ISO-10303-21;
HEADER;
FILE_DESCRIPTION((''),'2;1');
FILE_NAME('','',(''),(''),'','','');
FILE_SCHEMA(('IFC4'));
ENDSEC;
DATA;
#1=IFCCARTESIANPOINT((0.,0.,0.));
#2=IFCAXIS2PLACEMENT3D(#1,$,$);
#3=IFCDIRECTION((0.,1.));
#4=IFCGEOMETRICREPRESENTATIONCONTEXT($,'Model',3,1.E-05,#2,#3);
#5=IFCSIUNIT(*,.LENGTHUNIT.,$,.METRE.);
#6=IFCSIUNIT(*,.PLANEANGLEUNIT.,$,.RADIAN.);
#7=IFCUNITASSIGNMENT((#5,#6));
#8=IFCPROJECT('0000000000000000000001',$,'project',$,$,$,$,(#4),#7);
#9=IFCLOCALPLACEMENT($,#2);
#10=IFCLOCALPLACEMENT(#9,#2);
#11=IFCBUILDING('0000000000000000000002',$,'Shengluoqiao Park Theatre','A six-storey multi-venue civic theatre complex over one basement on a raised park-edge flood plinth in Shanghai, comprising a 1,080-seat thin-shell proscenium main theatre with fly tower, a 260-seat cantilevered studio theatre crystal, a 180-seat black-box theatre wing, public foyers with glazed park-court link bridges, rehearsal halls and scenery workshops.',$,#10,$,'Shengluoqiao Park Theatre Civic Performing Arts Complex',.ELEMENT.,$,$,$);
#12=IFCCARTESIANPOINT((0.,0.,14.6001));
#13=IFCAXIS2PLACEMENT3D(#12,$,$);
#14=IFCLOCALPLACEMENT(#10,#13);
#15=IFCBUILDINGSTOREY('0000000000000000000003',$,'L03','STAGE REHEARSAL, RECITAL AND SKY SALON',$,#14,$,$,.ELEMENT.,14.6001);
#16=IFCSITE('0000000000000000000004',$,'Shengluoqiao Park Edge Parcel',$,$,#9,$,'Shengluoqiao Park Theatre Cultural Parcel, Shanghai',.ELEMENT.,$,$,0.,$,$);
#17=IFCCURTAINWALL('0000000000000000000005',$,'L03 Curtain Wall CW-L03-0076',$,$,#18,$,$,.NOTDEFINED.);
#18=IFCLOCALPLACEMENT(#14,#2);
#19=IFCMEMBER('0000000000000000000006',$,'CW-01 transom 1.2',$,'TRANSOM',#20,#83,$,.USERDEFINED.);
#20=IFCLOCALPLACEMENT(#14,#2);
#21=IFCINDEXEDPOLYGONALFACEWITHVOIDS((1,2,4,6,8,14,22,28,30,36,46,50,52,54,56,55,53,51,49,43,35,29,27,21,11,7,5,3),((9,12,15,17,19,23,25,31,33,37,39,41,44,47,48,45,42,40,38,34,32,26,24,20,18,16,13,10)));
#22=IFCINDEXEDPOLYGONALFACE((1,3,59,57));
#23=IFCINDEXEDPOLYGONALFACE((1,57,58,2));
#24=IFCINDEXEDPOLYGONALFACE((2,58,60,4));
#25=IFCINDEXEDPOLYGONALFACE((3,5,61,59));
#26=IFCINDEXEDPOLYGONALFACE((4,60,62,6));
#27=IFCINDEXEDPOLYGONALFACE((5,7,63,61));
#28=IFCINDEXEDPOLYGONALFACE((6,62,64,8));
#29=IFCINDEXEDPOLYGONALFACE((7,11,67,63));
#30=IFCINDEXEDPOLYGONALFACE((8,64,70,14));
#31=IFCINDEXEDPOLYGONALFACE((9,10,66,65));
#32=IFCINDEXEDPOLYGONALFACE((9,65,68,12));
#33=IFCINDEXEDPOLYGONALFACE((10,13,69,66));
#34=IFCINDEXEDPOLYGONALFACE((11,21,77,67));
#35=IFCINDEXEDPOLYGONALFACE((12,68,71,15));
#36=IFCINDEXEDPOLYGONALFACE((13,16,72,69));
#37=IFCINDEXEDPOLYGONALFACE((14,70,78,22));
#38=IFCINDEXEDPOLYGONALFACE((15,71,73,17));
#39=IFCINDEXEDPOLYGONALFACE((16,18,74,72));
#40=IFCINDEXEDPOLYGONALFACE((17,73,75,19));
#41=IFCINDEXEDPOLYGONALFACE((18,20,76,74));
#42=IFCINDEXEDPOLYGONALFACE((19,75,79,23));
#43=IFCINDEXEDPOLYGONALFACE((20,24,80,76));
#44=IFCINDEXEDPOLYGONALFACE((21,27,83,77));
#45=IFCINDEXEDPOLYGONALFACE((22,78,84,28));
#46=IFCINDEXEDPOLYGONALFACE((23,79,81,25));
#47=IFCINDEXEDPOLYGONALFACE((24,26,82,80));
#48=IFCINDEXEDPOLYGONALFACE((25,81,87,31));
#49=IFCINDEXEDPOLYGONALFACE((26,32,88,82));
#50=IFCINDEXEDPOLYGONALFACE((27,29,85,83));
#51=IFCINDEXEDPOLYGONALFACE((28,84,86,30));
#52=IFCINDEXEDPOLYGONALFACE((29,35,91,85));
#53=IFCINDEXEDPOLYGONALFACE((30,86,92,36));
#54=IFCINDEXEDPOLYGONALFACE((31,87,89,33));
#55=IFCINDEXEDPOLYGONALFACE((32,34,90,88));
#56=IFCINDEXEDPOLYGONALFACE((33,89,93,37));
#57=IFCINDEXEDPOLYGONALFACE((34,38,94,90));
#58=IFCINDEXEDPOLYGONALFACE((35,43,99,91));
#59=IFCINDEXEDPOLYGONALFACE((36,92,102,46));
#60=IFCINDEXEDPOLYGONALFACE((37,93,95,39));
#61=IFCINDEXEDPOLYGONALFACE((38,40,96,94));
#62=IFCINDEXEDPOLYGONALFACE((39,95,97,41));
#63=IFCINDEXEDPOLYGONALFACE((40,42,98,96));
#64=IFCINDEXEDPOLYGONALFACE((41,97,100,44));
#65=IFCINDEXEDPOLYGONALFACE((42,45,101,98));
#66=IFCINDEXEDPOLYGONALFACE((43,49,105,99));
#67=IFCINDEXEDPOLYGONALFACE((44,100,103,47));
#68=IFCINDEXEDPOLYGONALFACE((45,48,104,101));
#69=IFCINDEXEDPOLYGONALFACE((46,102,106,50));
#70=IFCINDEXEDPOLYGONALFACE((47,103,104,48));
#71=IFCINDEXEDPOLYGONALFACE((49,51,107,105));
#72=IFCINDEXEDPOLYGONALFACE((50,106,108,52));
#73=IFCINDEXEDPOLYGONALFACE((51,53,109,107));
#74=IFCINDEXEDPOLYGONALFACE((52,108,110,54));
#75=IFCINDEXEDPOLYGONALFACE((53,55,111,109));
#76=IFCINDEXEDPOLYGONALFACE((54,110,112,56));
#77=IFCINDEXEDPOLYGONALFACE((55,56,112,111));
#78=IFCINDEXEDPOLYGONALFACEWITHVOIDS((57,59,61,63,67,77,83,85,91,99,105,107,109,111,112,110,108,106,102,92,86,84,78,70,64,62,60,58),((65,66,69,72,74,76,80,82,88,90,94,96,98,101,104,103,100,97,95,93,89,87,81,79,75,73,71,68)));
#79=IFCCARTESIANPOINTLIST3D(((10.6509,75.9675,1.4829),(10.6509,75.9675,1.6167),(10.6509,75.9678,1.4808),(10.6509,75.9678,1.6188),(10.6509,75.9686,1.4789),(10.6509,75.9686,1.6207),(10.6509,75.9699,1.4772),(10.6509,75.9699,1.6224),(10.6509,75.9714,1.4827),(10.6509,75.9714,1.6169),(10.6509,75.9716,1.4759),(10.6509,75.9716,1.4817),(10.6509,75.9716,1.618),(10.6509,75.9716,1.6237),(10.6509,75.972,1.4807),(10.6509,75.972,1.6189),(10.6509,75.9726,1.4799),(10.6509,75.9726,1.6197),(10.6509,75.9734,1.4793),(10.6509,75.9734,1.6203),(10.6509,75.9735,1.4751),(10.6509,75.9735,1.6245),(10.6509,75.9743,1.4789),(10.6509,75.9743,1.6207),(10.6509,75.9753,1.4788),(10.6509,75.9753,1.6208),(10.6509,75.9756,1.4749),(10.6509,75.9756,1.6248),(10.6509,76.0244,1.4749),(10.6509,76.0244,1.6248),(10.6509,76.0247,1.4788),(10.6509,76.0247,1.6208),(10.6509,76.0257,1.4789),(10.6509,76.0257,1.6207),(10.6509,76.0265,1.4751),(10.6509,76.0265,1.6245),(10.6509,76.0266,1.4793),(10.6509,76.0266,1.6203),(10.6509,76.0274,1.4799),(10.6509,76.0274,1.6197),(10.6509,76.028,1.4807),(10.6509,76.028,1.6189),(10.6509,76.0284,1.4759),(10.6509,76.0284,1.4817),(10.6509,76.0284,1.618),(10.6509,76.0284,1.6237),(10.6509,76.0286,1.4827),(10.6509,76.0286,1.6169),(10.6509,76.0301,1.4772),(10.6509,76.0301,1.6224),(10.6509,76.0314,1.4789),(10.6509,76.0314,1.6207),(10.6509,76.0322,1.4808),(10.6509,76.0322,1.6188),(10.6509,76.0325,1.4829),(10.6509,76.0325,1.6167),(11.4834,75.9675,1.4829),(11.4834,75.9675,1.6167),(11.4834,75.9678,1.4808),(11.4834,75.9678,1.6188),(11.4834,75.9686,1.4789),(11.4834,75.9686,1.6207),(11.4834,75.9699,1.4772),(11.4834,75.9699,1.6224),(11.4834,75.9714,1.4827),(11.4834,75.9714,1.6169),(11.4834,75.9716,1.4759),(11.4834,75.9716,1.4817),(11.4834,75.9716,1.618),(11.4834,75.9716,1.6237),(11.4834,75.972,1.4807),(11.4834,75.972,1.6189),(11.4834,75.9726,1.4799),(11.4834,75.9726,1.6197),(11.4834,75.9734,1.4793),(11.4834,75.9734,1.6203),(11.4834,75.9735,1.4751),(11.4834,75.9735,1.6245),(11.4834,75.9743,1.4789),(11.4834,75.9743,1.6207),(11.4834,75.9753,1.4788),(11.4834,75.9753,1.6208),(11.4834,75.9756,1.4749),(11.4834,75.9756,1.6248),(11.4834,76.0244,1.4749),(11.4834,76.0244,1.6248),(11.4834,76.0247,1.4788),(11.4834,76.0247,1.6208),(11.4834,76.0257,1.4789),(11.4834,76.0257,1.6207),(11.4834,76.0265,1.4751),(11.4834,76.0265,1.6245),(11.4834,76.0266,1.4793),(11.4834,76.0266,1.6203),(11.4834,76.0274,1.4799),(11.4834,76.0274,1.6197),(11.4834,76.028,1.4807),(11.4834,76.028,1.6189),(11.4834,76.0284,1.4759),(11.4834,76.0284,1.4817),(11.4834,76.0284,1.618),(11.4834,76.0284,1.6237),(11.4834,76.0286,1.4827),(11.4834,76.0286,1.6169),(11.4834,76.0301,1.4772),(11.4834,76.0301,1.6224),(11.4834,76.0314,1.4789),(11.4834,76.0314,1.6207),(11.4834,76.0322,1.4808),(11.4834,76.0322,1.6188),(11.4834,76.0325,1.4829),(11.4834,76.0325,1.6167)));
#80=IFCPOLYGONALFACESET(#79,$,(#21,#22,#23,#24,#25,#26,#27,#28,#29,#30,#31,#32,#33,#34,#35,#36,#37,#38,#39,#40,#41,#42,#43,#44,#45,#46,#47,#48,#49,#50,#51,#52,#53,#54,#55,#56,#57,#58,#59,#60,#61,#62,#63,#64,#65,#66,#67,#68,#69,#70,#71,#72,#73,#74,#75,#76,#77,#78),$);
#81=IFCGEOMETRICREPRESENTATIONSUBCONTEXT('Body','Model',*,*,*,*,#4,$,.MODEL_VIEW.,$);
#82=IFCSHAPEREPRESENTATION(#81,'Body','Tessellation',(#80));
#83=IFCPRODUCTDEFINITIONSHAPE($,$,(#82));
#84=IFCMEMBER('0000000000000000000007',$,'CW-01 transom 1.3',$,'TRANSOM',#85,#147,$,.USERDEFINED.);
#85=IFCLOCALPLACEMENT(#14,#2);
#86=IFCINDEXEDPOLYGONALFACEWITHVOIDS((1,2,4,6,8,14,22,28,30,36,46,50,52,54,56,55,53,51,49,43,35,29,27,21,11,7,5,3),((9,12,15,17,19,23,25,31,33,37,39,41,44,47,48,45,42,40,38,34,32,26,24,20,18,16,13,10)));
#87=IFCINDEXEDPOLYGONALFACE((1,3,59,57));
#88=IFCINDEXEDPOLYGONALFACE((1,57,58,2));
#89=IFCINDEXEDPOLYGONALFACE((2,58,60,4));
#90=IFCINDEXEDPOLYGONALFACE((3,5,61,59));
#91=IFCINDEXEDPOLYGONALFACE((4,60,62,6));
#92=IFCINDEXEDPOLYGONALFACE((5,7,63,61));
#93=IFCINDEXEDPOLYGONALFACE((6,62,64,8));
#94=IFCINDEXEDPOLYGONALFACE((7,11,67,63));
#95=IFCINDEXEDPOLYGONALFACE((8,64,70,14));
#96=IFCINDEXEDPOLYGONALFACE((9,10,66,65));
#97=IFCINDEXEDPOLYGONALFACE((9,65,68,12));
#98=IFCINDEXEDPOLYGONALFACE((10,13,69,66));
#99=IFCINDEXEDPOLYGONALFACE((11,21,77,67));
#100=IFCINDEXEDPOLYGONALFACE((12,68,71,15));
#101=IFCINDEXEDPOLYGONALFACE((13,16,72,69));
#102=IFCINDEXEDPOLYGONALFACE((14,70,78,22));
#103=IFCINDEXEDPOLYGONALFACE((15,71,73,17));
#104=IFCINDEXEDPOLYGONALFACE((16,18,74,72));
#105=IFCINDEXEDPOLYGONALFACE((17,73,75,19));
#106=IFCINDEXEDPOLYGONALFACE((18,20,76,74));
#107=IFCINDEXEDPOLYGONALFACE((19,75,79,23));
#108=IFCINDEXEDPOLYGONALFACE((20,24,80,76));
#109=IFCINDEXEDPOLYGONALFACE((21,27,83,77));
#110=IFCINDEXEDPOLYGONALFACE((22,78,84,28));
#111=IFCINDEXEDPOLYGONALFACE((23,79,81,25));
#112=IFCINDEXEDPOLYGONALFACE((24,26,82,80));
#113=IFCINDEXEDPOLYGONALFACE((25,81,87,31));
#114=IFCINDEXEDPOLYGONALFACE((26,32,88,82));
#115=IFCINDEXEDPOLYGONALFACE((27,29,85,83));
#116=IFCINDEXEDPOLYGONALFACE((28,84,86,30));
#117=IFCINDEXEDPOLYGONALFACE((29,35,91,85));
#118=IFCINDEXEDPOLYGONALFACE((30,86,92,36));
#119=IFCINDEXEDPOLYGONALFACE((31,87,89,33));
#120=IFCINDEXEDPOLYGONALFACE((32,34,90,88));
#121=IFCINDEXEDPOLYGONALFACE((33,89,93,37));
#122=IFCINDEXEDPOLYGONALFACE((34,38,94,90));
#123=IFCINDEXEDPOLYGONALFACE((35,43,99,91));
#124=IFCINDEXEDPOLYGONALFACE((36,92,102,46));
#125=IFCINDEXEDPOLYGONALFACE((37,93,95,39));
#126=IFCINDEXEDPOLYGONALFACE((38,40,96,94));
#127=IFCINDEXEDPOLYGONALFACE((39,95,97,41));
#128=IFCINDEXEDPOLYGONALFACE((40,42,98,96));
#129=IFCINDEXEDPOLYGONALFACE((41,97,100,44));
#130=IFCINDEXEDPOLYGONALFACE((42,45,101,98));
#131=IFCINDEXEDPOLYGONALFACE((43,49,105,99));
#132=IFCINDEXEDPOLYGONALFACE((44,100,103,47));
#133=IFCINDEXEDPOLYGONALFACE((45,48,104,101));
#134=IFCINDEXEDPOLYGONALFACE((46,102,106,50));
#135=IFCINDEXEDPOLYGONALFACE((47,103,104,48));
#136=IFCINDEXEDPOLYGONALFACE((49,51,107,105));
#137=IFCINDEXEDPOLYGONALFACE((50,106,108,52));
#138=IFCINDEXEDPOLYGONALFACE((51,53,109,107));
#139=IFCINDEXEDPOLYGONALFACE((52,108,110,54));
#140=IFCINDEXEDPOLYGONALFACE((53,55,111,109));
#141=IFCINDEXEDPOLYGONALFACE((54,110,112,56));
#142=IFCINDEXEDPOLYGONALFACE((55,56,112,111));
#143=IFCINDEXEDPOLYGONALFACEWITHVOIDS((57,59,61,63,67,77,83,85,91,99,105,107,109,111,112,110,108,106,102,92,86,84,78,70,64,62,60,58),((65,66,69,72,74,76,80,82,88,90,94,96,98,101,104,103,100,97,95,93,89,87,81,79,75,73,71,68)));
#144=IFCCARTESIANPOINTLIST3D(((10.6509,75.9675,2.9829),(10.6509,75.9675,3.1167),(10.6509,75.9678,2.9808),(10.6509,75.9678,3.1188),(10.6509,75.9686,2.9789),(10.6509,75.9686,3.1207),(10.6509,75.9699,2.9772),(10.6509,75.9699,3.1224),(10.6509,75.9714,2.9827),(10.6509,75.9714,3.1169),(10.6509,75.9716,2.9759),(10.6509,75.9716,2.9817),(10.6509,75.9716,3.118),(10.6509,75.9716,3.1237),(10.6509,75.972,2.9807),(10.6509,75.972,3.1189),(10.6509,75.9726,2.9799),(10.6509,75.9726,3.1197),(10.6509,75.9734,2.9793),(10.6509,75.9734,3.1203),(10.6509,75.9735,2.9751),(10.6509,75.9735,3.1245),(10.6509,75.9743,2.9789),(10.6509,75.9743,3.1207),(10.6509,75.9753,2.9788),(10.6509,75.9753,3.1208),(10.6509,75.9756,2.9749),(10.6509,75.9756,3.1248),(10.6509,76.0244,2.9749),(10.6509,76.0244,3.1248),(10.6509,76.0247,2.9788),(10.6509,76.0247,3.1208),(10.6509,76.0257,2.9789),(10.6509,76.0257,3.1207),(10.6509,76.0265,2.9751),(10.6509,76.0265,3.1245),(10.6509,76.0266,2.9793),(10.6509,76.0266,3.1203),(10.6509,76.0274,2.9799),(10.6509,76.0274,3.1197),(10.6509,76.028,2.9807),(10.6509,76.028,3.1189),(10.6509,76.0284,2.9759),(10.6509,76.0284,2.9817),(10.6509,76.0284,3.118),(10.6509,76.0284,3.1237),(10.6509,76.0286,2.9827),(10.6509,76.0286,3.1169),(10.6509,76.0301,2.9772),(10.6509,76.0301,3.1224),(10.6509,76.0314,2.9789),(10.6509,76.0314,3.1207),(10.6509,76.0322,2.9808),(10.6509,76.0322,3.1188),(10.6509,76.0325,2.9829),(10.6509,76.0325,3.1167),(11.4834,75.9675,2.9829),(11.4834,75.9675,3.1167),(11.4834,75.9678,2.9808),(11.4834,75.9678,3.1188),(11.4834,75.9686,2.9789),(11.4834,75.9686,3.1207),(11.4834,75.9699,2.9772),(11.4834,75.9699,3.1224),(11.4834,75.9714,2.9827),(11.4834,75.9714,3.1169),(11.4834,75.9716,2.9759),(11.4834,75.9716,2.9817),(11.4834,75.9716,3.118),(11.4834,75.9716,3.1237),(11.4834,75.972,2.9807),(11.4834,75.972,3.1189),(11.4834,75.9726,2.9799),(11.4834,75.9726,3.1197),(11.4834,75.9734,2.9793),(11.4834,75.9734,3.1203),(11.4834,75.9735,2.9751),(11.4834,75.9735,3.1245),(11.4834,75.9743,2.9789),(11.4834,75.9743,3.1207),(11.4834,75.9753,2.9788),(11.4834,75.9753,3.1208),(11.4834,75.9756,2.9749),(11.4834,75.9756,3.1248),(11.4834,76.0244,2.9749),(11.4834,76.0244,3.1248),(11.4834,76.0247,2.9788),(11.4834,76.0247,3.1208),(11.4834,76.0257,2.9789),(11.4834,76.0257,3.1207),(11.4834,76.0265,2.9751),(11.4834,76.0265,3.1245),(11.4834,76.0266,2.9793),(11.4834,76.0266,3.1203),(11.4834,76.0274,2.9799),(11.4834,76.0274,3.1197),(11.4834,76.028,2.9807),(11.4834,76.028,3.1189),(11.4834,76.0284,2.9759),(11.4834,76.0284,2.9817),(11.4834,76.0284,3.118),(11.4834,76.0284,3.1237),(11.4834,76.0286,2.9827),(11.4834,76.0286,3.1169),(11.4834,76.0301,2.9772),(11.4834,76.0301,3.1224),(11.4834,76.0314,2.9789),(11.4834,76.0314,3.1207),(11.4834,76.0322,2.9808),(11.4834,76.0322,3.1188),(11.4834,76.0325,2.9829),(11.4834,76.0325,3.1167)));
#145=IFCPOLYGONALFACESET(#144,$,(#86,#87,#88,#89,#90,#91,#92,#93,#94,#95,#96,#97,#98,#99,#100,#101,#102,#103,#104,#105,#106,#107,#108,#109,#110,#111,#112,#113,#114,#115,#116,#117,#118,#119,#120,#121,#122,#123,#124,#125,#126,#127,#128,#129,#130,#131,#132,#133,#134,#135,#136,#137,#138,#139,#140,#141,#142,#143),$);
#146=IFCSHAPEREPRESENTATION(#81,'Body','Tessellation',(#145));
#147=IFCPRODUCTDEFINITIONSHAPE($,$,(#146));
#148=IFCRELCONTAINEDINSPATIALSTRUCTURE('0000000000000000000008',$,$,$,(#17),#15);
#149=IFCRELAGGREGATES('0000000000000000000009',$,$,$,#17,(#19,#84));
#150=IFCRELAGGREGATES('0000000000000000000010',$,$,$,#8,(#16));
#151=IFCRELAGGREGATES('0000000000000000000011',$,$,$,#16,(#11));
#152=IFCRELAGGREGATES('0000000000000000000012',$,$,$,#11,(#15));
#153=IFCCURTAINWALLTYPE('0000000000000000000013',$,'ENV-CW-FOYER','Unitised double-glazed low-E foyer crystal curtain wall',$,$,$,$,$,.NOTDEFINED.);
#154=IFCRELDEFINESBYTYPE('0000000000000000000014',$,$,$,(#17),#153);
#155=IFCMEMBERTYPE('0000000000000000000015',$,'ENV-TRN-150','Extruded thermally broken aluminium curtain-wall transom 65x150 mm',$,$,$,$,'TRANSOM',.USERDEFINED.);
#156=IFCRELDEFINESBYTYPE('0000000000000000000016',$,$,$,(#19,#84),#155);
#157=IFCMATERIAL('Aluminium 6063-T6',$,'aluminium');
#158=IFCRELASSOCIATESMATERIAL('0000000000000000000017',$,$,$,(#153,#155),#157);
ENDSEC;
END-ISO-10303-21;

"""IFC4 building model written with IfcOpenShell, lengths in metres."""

from ifc_helpers import new_model, si_unit, direction, frame, origin, origin_2d, place, context, subcontext, project, spatial, hollow_rectangle, extrude, material, material_profile, profile_set, type_object, element, aggregate, save


model = new_model("IFC4")

# Units and contexts
model_context = context("Model", 3, precision=1e-05, world=origin(), true_north=direction((0.0, 1.0)))
body_context = subcontext(model_context, "Body", "Model", "MODEL_VIEW")
ifc_project = project(units=[si_unit("LENGTHUNIT", "METRE"), si_unit("PLANEANGLEUNIT", "RADIAN")], contexts=[model_context])

# Site, building, storey
site_placement = place(None, origin())
site = spatial("IfcSite", under=ifc_project, at=site_placement, Name="Shengluoqiao Park Edge Parcel", LongName="Shengluoqiao Park Theatre Cultural Parcel, Shanghai", CompositionType="ELEMENT", RefElevation=0.0)
building_placement = place(site_placement, origin())
building = spatial("IfcBuilding", under=site, at=building_placement, Name="Shengluoqiao Park Theatre", Description="A six-storey multi-venue civic theatre complex over one basement on a raised park-edge flood plinth in Shanghai, comprising a 1,080-seat thin-shell proscenium main theatre with fly tower, a 260-seat cantilevered studio theatre crystal, a 180-seat black-box theatre wing, public foyers with glazed park-court link bridges, rehearsal halls and scenery workshops.", LongName="Shengluoqiao Park Theatre Civic Performing Arts Complex", CompositionType="ELEMENT")
storey_placement = place(building_placement, frame((0.0, 0.0, 14.6001)))
storey = spatial("IfcBuildingStorey", under=building, at=storey_placement, Name="L03", Description="STAGE REHEARSAL, RECITAL AND SKY SALON", CompositionType="ELEMENT", Elevation=14.6001)

# Curtain wall
ifc_material_1 = material(Name="Aluminium 6063-T6", Category="aluminium")
curtain_wall_type = type_object("IfcCurtainWallType", Name="ENV-CW-FOYER", Description="Unitised double-glazed low-E foyer crystal curtain wall", PredefinedType="NOTDEFINED", material=ifc_material_1)
curtain_wall_1_placement = place(storey_placement, origin())
curtain_wall_1 = element("IfcCurtainWall", 1, at=curtain_wall_1_placement, inside=storey, type_object=curtain_wall_type, Name="L03 Curtain Wall CW-L03-0076", PredefinedType="NOTDEFINED")

# Members
ifc_material_profile_1 = material_profile(ifc_material_1, hollow_rectangle(XDim=0.0649, YDim=0.1499, WallThickness=0.0039, InnerFilletRadius=0.0039, OuterFilletRadius=0.0081, at=origin_2d()), Name="ALU TRANSOM 150x65x4")
ifc_profile_set_1 = profile_set([ifc_material_profile_1], Name="Aluminium 6063-T6")
member_type_1 = type_object("IfcMemberType", Name="ENV-TRN-150", Description="Extruded thermally broken aluminium curtain-wall transom 65x150 mm", ElementType="TRANSOM", PredefinedType="USERDEFINED", material=ifc_profile_set_1)
member_1_placement = place(storey_placement, frame((10.6509, 76.0, 1.5498), z_axis=(1.0, 0.0, 0.0), x_axis=(0.0, 1.0, 0.0)))
member_1 = element("IfcMember", 2, at=member_1_placement, type_object=member_type_1, Name="CW-01 transom 1.2", ObjectType="TRANSOM", PredefinedType="USERDEFINED", context=body_context, shape_type="SweptSolid", body=[
    extrude(hollow_rectangle(XDim=0.0649, YDim=0.1499, WallThickness=0.0039, InnerFilletRadius=0.0039, OuterFilletRadius=0.0081, at=origin_2d()), origin(), (0.0, 0.0, 1.0), 0.8325),
])
member_2_placement = place(storey_placement, frame((10.6509, 76.0, 3.0498), z_axis=(1.0, 0.0, 0.0), x_axis=(0.0, 1.0, 0.0)))
member_2 = element("IfcMember", 3, at=member_2_placement, type_object=member_type_1, Name="CW-01 transom 1.3", ObjectType="TRANSOM", PredefinedType="USERDEFINED", context=body_context, shape_type="SweptSolid", body=[
    extrude(hollow_rectangle(XDim=0.0649, YDim=0.1499, WallThickness=0.0039, InnerFilletRadius=0.0039, OuterFilletRadius=0.0081, at=origin_2d()), origin(), (0.0, 0.0, 1.0), 0.8325),
])

aggregate(curtain_wall_1, [member_1, member_2])

save(model, "model.ifc")
